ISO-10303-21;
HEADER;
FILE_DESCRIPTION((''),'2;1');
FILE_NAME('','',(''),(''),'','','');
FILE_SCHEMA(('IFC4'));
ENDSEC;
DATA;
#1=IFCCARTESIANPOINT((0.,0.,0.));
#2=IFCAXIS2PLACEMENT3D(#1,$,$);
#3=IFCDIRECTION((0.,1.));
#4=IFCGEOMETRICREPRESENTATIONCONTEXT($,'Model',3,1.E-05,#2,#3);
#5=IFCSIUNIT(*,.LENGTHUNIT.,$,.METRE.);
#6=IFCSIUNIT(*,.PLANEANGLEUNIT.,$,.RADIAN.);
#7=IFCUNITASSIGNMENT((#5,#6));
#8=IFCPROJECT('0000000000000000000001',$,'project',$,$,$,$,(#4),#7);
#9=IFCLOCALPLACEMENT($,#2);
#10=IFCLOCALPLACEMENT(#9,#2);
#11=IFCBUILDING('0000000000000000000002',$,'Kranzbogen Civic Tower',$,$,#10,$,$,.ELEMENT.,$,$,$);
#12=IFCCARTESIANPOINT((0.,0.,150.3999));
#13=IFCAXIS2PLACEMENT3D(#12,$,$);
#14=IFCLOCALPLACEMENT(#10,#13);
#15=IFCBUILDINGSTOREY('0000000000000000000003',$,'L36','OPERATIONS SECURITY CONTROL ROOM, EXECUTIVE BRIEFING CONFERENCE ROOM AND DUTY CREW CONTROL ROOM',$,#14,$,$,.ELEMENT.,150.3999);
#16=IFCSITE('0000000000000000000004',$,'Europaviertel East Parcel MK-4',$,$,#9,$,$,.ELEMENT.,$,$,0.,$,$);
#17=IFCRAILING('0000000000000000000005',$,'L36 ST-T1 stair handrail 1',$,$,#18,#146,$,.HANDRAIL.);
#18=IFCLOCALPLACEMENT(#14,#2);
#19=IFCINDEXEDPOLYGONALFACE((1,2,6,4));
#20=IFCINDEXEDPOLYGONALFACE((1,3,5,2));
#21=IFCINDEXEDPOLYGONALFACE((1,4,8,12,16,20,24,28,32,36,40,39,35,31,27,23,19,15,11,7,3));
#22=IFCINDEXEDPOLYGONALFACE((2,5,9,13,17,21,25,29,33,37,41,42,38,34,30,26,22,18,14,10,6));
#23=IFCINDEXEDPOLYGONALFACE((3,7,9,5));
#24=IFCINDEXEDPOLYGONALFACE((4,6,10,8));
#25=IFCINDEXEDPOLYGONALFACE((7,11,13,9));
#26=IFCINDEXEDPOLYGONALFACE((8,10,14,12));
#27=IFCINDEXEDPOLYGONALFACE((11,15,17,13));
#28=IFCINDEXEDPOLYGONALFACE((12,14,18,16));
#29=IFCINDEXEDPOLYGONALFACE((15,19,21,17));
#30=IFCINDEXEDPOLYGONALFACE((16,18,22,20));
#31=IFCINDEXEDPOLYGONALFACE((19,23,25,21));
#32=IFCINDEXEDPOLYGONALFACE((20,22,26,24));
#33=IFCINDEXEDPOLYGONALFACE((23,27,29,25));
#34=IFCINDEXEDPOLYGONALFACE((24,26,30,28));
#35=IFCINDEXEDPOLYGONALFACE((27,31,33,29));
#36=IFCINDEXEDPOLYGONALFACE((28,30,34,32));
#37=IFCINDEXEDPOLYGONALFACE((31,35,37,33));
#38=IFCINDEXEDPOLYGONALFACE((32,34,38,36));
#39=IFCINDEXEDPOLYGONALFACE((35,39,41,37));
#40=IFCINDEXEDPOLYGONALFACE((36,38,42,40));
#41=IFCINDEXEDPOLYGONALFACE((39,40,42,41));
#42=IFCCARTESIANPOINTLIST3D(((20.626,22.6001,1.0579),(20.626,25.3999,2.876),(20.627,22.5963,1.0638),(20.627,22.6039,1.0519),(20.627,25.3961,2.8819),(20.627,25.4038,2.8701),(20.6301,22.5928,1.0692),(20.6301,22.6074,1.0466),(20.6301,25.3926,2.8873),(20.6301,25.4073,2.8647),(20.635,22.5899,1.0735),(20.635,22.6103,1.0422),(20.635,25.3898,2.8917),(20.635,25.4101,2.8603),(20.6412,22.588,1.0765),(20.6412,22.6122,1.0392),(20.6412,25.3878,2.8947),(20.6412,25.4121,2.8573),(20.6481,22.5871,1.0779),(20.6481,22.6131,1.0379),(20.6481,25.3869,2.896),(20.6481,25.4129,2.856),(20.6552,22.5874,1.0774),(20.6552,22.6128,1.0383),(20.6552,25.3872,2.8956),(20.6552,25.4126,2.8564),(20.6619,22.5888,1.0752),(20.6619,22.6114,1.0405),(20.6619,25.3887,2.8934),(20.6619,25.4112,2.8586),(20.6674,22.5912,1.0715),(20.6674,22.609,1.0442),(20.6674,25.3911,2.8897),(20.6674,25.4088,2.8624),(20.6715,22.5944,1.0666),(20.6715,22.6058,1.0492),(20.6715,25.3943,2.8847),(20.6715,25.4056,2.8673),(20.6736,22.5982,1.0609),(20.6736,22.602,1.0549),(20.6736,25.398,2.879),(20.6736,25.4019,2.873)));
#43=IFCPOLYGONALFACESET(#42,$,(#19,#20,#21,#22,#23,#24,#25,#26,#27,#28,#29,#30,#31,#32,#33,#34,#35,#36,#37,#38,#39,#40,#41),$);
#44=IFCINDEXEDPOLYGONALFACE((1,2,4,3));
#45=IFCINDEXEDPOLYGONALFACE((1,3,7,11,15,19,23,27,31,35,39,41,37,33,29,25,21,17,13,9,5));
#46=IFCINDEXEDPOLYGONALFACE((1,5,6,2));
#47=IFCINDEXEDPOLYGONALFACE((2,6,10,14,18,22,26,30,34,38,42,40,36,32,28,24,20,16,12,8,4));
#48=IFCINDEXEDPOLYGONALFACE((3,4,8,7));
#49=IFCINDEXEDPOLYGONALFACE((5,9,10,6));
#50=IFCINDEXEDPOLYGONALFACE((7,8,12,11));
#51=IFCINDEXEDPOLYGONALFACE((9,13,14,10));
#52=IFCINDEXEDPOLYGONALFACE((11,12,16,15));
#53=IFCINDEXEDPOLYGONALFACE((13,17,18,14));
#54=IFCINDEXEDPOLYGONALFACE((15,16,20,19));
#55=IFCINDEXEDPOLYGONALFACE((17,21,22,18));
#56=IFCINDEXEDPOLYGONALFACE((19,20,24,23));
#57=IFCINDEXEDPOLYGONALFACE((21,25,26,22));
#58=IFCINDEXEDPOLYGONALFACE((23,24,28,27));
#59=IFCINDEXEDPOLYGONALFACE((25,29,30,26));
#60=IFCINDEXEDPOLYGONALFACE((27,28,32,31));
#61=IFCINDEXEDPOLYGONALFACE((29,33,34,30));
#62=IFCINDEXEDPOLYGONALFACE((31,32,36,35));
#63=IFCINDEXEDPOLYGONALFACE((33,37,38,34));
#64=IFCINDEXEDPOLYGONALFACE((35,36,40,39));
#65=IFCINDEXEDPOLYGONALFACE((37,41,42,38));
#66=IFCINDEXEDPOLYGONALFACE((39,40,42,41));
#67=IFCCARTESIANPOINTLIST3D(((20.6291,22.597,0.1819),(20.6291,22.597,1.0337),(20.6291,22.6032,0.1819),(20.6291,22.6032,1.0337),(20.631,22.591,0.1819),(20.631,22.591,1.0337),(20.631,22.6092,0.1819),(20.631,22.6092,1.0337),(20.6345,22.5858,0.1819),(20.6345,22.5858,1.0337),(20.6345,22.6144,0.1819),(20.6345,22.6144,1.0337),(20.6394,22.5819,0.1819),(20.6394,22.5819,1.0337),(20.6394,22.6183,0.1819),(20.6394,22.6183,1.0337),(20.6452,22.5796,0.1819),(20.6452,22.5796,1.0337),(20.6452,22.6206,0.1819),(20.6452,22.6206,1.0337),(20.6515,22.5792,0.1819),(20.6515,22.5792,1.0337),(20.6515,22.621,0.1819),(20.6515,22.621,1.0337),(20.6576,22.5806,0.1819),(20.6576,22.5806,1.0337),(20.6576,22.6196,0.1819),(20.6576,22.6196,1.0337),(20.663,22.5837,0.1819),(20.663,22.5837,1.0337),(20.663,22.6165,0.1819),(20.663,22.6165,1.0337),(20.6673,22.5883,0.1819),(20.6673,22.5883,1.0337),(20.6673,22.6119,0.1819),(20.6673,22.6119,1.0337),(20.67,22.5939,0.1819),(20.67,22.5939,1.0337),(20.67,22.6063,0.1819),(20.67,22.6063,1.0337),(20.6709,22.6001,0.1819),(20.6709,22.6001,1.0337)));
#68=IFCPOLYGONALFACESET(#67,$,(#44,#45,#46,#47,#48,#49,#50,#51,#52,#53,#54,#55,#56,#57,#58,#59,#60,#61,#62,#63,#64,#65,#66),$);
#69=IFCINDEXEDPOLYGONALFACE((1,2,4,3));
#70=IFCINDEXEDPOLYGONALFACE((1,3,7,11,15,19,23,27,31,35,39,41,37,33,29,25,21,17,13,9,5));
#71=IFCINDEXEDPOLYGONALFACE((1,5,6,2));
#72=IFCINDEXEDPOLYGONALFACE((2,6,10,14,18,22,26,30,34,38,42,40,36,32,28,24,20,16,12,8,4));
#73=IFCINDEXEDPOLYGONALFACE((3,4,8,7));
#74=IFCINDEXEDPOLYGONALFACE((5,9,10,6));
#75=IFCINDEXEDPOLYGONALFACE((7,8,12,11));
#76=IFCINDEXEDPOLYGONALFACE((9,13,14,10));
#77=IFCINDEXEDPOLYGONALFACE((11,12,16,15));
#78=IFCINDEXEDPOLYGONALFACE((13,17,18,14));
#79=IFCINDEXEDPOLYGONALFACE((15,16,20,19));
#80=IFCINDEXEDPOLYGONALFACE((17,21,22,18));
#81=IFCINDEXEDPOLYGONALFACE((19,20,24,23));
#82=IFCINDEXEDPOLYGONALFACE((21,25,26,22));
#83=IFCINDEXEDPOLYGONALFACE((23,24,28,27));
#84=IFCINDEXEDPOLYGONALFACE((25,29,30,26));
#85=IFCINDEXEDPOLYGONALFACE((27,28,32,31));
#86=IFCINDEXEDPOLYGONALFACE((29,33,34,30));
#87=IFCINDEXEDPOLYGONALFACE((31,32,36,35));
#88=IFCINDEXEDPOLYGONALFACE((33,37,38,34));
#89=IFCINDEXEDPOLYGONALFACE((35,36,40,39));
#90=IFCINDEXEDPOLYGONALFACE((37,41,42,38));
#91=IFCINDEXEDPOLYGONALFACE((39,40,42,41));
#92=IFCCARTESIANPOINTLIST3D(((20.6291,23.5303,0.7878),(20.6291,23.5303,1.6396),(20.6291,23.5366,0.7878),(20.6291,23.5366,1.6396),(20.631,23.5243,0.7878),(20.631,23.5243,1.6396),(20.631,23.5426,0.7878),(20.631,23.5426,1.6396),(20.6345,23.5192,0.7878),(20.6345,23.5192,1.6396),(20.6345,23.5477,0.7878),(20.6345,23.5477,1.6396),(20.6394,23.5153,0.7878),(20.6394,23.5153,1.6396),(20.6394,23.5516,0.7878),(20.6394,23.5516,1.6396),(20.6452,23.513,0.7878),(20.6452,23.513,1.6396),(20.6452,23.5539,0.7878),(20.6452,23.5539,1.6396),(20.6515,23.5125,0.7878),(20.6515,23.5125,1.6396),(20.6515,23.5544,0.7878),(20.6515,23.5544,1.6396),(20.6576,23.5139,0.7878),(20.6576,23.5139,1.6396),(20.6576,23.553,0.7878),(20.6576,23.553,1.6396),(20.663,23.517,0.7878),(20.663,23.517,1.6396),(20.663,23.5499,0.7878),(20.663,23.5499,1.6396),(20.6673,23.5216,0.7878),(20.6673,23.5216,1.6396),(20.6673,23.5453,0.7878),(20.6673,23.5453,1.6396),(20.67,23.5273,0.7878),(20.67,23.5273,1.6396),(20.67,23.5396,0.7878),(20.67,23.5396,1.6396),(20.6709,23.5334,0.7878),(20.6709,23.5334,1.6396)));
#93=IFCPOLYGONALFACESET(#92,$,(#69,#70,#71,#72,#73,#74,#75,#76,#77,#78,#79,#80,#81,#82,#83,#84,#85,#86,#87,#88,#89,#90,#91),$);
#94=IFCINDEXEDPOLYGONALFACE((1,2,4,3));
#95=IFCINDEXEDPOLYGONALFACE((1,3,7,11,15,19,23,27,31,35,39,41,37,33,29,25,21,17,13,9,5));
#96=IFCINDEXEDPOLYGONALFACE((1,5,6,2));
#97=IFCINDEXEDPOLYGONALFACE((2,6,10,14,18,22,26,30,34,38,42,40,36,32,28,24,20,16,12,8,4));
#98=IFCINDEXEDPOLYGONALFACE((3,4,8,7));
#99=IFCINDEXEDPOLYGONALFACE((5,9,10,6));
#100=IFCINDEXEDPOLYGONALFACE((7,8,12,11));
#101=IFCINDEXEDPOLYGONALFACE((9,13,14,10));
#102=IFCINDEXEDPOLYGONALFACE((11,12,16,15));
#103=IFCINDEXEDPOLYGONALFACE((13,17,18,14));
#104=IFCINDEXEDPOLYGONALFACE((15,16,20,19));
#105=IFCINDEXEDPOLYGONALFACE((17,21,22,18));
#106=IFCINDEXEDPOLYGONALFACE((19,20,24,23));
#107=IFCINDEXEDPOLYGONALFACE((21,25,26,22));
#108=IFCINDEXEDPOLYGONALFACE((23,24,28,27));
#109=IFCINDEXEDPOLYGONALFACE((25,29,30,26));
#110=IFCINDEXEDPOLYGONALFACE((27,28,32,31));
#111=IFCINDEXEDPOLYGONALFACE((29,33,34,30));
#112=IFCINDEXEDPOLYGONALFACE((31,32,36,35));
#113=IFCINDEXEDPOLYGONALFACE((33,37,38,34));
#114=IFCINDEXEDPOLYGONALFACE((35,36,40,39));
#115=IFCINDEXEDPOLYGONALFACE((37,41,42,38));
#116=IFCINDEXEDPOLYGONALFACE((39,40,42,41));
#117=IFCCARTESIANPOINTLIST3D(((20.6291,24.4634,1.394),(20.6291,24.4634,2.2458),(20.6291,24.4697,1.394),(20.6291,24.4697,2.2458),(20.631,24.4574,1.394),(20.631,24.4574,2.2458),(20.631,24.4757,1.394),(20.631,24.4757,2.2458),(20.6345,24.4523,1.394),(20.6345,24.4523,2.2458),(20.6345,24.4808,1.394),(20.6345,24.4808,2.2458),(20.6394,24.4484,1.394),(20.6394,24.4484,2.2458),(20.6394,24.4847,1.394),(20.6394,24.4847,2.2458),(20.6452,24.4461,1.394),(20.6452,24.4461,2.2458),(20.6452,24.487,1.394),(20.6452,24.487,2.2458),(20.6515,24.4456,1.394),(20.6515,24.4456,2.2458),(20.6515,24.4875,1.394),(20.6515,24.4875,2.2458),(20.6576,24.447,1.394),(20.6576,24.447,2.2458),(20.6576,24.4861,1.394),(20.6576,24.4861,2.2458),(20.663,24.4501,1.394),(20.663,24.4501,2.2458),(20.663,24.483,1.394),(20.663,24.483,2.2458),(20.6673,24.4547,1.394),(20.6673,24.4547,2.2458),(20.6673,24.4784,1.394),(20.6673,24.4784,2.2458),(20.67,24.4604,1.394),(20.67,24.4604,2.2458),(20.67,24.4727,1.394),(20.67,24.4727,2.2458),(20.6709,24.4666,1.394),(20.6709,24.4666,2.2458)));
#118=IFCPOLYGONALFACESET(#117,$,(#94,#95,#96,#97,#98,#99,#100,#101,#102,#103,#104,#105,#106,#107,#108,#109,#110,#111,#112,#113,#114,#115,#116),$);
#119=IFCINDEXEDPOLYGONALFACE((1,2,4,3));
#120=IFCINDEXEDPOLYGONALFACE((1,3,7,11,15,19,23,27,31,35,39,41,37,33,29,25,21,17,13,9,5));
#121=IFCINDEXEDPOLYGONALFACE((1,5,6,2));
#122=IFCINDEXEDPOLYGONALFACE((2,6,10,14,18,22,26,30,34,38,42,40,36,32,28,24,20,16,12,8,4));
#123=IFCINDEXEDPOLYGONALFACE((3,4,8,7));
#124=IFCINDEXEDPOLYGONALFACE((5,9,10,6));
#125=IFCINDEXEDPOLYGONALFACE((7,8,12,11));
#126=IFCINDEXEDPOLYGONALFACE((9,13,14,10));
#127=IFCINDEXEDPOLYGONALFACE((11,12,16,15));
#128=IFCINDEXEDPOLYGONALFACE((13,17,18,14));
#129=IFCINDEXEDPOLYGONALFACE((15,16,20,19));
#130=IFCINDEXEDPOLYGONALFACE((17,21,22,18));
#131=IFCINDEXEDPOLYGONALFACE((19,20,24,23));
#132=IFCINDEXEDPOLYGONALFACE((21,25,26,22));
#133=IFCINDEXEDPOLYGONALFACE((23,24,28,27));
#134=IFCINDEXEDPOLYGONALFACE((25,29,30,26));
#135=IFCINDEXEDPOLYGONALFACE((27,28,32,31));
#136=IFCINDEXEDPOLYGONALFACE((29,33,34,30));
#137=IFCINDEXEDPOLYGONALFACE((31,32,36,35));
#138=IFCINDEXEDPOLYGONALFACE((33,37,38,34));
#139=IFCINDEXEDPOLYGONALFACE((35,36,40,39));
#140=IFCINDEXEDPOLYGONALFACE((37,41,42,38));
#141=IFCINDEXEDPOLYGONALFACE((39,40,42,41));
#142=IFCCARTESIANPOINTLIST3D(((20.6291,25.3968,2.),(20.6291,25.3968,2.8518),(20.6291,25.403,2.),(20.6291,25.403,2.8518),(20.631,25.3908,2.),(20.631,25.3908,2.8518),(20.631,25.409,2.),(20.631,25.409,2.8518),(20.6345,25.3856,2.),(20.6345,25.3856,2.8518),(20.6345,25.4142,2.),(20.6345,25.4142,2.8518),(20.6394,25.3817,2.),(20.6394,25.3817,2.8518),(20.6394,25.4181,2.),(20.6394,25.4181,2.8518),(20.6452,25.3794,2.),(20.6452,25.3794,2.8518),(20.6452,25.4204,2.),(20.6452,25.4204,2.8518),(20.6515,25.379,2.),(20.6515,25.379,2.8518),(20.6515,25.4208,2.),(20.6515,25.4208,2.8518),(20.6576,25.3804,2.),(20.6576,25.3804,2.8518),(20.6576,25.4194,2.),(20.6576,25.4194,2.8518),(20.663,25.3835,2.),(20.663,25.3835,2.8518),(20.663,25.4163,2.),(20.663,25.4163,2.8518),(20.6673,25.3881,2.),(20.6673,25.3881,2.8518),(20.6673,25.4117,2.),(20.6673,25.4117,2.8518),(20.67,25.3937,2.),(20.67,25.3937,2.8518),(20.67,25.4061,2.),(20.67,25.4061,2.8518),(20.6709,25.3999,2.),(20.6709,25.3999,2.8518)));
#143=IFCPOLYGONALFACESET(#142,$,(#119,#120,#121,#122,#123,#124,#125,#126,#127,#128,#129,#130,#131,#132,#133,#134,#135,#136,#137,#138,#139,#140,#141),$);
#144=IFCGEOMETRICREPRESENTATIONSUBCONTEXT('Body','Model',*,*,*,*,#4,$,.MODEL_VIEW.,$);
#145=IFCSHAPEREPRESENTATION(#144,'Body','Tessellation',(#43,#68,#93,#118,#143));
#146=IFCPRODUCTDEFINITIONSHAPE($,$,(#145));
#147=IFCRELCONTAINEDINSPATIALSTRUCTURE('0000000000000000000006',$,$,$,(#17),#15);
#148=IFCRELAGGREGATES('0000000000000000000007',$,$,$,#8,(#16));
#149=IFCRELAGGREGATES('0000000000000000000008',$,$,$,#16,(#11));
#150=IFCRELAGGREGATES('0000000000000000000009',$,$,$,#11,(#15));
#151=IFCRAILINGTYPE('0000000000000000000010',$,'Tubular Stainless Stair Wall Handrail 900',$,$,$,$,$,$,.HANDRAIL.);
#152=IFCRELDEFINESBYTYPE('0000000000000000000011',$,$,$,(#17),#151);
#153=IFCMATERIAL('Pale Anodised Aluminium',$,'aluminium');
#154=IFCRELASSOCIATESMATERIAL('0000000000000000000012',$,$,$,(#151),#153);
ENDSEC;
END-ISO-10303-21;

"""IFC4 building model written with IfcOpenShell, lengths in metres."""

from ifc_helpers import new_model, si_unit, direction, frame, origin, origin_2d, place, context, subcontext, project, spatial, circle, extrude, material, type_object, element, save


model = new_model("IFC4")

# Units and contexts
model_context = context("Model", 3, precision=1e-05, world=origin(), true_north=direction((0.0, 1.0)))
body_context = subcontext(model_context, "Body", "Model", "MODEL_VIEW")
ifc_project = project(units=[si_unit("LENGTHUNIT", "METRE"), si_unit("PLANEANGLEUNIT", "RADIAN")], contexts=[model_context])

# Site, building, storey
site_placement = place(None, origin())
site = spatial("IfcSite", under=ifc_project, at=site_placement, Name="Europaviertel East Parcel MK-4", CompositionType="ELEMENT", RefElevation=0.0)
building_placement = place(site_placement, origin())
building = spatial("IfcBuilding", under=site, at=building_placement, Name="Kranzbogen Civic Tower", CompositionType="ELEMENT")
storey_placement = place(building_placement, frame((0.0, 0.0, 150.3999)))
storey = spatial("IfcBuildingStorey", under=building, at=storey_placement, Name="L36", Description="OPERATIONS SECURITY CONTROL ROOM, EXECUTIVE BRIEFING CONFERENCE ROOM AND DUTY CREW CONTROL ROOM", CompositionType="ELEMENT", Elevation=150.3999)

# Shared definitions
ifc_material_1 = material(Name="Pale Anodised Aluminium", Category="aluminium")

# Railing
railing_type_1 = type_object("IfcRailingType", Name="Tubular Stainless Stair Wall Handrail 900", PredefinedType="HANDRAIL", material=ifc_material_1)
railing_1_placement = place(storey_placement, frame((20.6499, 22.6001, 0.1819)))
element("IfcRailing", 1, at=railing_1_placement, inside=storey, type_object=railing_type_1, Name="L36 ST-T1 stair handrail 1", PredefinedType="HANDRAIL", context=body_context, shape_type="SweptSolid", body=[
    extrude(circle(Radius=0.0239, at=origin_2d()), frame((0.0, 0.0, 0.876), z_axis=(0.0, 0.838684, 0.544618), x_axis=(-1.0, 0.0, 0.0)), (0.0, 0.0, 1.0), 3.3384),
    extrude(circle(Radius=0.021, at=origin_2d()), origin(), (0.0, 0.0, 1.0), 0.8518),
    extrude(circle(Radius=0.021, at=origin_2d()), frame((0.0, 0.9333, 0.606)), (0.0, 0.0, 1.0), 0.8518),
    extrude(circle(Radius=0.021, at=origin_2d()), frame((0.0, 1.8665, 1.2122)), (0.0, 0.0, 1.0), 0.8518),
    extrude(circle(Radius=0.021, at=origin_2d()), frame((0.0, 2.7998, 1.8181)), (0.0, 0.0, 1.0), 0.8518),
])

save(model, "model.ifc")
